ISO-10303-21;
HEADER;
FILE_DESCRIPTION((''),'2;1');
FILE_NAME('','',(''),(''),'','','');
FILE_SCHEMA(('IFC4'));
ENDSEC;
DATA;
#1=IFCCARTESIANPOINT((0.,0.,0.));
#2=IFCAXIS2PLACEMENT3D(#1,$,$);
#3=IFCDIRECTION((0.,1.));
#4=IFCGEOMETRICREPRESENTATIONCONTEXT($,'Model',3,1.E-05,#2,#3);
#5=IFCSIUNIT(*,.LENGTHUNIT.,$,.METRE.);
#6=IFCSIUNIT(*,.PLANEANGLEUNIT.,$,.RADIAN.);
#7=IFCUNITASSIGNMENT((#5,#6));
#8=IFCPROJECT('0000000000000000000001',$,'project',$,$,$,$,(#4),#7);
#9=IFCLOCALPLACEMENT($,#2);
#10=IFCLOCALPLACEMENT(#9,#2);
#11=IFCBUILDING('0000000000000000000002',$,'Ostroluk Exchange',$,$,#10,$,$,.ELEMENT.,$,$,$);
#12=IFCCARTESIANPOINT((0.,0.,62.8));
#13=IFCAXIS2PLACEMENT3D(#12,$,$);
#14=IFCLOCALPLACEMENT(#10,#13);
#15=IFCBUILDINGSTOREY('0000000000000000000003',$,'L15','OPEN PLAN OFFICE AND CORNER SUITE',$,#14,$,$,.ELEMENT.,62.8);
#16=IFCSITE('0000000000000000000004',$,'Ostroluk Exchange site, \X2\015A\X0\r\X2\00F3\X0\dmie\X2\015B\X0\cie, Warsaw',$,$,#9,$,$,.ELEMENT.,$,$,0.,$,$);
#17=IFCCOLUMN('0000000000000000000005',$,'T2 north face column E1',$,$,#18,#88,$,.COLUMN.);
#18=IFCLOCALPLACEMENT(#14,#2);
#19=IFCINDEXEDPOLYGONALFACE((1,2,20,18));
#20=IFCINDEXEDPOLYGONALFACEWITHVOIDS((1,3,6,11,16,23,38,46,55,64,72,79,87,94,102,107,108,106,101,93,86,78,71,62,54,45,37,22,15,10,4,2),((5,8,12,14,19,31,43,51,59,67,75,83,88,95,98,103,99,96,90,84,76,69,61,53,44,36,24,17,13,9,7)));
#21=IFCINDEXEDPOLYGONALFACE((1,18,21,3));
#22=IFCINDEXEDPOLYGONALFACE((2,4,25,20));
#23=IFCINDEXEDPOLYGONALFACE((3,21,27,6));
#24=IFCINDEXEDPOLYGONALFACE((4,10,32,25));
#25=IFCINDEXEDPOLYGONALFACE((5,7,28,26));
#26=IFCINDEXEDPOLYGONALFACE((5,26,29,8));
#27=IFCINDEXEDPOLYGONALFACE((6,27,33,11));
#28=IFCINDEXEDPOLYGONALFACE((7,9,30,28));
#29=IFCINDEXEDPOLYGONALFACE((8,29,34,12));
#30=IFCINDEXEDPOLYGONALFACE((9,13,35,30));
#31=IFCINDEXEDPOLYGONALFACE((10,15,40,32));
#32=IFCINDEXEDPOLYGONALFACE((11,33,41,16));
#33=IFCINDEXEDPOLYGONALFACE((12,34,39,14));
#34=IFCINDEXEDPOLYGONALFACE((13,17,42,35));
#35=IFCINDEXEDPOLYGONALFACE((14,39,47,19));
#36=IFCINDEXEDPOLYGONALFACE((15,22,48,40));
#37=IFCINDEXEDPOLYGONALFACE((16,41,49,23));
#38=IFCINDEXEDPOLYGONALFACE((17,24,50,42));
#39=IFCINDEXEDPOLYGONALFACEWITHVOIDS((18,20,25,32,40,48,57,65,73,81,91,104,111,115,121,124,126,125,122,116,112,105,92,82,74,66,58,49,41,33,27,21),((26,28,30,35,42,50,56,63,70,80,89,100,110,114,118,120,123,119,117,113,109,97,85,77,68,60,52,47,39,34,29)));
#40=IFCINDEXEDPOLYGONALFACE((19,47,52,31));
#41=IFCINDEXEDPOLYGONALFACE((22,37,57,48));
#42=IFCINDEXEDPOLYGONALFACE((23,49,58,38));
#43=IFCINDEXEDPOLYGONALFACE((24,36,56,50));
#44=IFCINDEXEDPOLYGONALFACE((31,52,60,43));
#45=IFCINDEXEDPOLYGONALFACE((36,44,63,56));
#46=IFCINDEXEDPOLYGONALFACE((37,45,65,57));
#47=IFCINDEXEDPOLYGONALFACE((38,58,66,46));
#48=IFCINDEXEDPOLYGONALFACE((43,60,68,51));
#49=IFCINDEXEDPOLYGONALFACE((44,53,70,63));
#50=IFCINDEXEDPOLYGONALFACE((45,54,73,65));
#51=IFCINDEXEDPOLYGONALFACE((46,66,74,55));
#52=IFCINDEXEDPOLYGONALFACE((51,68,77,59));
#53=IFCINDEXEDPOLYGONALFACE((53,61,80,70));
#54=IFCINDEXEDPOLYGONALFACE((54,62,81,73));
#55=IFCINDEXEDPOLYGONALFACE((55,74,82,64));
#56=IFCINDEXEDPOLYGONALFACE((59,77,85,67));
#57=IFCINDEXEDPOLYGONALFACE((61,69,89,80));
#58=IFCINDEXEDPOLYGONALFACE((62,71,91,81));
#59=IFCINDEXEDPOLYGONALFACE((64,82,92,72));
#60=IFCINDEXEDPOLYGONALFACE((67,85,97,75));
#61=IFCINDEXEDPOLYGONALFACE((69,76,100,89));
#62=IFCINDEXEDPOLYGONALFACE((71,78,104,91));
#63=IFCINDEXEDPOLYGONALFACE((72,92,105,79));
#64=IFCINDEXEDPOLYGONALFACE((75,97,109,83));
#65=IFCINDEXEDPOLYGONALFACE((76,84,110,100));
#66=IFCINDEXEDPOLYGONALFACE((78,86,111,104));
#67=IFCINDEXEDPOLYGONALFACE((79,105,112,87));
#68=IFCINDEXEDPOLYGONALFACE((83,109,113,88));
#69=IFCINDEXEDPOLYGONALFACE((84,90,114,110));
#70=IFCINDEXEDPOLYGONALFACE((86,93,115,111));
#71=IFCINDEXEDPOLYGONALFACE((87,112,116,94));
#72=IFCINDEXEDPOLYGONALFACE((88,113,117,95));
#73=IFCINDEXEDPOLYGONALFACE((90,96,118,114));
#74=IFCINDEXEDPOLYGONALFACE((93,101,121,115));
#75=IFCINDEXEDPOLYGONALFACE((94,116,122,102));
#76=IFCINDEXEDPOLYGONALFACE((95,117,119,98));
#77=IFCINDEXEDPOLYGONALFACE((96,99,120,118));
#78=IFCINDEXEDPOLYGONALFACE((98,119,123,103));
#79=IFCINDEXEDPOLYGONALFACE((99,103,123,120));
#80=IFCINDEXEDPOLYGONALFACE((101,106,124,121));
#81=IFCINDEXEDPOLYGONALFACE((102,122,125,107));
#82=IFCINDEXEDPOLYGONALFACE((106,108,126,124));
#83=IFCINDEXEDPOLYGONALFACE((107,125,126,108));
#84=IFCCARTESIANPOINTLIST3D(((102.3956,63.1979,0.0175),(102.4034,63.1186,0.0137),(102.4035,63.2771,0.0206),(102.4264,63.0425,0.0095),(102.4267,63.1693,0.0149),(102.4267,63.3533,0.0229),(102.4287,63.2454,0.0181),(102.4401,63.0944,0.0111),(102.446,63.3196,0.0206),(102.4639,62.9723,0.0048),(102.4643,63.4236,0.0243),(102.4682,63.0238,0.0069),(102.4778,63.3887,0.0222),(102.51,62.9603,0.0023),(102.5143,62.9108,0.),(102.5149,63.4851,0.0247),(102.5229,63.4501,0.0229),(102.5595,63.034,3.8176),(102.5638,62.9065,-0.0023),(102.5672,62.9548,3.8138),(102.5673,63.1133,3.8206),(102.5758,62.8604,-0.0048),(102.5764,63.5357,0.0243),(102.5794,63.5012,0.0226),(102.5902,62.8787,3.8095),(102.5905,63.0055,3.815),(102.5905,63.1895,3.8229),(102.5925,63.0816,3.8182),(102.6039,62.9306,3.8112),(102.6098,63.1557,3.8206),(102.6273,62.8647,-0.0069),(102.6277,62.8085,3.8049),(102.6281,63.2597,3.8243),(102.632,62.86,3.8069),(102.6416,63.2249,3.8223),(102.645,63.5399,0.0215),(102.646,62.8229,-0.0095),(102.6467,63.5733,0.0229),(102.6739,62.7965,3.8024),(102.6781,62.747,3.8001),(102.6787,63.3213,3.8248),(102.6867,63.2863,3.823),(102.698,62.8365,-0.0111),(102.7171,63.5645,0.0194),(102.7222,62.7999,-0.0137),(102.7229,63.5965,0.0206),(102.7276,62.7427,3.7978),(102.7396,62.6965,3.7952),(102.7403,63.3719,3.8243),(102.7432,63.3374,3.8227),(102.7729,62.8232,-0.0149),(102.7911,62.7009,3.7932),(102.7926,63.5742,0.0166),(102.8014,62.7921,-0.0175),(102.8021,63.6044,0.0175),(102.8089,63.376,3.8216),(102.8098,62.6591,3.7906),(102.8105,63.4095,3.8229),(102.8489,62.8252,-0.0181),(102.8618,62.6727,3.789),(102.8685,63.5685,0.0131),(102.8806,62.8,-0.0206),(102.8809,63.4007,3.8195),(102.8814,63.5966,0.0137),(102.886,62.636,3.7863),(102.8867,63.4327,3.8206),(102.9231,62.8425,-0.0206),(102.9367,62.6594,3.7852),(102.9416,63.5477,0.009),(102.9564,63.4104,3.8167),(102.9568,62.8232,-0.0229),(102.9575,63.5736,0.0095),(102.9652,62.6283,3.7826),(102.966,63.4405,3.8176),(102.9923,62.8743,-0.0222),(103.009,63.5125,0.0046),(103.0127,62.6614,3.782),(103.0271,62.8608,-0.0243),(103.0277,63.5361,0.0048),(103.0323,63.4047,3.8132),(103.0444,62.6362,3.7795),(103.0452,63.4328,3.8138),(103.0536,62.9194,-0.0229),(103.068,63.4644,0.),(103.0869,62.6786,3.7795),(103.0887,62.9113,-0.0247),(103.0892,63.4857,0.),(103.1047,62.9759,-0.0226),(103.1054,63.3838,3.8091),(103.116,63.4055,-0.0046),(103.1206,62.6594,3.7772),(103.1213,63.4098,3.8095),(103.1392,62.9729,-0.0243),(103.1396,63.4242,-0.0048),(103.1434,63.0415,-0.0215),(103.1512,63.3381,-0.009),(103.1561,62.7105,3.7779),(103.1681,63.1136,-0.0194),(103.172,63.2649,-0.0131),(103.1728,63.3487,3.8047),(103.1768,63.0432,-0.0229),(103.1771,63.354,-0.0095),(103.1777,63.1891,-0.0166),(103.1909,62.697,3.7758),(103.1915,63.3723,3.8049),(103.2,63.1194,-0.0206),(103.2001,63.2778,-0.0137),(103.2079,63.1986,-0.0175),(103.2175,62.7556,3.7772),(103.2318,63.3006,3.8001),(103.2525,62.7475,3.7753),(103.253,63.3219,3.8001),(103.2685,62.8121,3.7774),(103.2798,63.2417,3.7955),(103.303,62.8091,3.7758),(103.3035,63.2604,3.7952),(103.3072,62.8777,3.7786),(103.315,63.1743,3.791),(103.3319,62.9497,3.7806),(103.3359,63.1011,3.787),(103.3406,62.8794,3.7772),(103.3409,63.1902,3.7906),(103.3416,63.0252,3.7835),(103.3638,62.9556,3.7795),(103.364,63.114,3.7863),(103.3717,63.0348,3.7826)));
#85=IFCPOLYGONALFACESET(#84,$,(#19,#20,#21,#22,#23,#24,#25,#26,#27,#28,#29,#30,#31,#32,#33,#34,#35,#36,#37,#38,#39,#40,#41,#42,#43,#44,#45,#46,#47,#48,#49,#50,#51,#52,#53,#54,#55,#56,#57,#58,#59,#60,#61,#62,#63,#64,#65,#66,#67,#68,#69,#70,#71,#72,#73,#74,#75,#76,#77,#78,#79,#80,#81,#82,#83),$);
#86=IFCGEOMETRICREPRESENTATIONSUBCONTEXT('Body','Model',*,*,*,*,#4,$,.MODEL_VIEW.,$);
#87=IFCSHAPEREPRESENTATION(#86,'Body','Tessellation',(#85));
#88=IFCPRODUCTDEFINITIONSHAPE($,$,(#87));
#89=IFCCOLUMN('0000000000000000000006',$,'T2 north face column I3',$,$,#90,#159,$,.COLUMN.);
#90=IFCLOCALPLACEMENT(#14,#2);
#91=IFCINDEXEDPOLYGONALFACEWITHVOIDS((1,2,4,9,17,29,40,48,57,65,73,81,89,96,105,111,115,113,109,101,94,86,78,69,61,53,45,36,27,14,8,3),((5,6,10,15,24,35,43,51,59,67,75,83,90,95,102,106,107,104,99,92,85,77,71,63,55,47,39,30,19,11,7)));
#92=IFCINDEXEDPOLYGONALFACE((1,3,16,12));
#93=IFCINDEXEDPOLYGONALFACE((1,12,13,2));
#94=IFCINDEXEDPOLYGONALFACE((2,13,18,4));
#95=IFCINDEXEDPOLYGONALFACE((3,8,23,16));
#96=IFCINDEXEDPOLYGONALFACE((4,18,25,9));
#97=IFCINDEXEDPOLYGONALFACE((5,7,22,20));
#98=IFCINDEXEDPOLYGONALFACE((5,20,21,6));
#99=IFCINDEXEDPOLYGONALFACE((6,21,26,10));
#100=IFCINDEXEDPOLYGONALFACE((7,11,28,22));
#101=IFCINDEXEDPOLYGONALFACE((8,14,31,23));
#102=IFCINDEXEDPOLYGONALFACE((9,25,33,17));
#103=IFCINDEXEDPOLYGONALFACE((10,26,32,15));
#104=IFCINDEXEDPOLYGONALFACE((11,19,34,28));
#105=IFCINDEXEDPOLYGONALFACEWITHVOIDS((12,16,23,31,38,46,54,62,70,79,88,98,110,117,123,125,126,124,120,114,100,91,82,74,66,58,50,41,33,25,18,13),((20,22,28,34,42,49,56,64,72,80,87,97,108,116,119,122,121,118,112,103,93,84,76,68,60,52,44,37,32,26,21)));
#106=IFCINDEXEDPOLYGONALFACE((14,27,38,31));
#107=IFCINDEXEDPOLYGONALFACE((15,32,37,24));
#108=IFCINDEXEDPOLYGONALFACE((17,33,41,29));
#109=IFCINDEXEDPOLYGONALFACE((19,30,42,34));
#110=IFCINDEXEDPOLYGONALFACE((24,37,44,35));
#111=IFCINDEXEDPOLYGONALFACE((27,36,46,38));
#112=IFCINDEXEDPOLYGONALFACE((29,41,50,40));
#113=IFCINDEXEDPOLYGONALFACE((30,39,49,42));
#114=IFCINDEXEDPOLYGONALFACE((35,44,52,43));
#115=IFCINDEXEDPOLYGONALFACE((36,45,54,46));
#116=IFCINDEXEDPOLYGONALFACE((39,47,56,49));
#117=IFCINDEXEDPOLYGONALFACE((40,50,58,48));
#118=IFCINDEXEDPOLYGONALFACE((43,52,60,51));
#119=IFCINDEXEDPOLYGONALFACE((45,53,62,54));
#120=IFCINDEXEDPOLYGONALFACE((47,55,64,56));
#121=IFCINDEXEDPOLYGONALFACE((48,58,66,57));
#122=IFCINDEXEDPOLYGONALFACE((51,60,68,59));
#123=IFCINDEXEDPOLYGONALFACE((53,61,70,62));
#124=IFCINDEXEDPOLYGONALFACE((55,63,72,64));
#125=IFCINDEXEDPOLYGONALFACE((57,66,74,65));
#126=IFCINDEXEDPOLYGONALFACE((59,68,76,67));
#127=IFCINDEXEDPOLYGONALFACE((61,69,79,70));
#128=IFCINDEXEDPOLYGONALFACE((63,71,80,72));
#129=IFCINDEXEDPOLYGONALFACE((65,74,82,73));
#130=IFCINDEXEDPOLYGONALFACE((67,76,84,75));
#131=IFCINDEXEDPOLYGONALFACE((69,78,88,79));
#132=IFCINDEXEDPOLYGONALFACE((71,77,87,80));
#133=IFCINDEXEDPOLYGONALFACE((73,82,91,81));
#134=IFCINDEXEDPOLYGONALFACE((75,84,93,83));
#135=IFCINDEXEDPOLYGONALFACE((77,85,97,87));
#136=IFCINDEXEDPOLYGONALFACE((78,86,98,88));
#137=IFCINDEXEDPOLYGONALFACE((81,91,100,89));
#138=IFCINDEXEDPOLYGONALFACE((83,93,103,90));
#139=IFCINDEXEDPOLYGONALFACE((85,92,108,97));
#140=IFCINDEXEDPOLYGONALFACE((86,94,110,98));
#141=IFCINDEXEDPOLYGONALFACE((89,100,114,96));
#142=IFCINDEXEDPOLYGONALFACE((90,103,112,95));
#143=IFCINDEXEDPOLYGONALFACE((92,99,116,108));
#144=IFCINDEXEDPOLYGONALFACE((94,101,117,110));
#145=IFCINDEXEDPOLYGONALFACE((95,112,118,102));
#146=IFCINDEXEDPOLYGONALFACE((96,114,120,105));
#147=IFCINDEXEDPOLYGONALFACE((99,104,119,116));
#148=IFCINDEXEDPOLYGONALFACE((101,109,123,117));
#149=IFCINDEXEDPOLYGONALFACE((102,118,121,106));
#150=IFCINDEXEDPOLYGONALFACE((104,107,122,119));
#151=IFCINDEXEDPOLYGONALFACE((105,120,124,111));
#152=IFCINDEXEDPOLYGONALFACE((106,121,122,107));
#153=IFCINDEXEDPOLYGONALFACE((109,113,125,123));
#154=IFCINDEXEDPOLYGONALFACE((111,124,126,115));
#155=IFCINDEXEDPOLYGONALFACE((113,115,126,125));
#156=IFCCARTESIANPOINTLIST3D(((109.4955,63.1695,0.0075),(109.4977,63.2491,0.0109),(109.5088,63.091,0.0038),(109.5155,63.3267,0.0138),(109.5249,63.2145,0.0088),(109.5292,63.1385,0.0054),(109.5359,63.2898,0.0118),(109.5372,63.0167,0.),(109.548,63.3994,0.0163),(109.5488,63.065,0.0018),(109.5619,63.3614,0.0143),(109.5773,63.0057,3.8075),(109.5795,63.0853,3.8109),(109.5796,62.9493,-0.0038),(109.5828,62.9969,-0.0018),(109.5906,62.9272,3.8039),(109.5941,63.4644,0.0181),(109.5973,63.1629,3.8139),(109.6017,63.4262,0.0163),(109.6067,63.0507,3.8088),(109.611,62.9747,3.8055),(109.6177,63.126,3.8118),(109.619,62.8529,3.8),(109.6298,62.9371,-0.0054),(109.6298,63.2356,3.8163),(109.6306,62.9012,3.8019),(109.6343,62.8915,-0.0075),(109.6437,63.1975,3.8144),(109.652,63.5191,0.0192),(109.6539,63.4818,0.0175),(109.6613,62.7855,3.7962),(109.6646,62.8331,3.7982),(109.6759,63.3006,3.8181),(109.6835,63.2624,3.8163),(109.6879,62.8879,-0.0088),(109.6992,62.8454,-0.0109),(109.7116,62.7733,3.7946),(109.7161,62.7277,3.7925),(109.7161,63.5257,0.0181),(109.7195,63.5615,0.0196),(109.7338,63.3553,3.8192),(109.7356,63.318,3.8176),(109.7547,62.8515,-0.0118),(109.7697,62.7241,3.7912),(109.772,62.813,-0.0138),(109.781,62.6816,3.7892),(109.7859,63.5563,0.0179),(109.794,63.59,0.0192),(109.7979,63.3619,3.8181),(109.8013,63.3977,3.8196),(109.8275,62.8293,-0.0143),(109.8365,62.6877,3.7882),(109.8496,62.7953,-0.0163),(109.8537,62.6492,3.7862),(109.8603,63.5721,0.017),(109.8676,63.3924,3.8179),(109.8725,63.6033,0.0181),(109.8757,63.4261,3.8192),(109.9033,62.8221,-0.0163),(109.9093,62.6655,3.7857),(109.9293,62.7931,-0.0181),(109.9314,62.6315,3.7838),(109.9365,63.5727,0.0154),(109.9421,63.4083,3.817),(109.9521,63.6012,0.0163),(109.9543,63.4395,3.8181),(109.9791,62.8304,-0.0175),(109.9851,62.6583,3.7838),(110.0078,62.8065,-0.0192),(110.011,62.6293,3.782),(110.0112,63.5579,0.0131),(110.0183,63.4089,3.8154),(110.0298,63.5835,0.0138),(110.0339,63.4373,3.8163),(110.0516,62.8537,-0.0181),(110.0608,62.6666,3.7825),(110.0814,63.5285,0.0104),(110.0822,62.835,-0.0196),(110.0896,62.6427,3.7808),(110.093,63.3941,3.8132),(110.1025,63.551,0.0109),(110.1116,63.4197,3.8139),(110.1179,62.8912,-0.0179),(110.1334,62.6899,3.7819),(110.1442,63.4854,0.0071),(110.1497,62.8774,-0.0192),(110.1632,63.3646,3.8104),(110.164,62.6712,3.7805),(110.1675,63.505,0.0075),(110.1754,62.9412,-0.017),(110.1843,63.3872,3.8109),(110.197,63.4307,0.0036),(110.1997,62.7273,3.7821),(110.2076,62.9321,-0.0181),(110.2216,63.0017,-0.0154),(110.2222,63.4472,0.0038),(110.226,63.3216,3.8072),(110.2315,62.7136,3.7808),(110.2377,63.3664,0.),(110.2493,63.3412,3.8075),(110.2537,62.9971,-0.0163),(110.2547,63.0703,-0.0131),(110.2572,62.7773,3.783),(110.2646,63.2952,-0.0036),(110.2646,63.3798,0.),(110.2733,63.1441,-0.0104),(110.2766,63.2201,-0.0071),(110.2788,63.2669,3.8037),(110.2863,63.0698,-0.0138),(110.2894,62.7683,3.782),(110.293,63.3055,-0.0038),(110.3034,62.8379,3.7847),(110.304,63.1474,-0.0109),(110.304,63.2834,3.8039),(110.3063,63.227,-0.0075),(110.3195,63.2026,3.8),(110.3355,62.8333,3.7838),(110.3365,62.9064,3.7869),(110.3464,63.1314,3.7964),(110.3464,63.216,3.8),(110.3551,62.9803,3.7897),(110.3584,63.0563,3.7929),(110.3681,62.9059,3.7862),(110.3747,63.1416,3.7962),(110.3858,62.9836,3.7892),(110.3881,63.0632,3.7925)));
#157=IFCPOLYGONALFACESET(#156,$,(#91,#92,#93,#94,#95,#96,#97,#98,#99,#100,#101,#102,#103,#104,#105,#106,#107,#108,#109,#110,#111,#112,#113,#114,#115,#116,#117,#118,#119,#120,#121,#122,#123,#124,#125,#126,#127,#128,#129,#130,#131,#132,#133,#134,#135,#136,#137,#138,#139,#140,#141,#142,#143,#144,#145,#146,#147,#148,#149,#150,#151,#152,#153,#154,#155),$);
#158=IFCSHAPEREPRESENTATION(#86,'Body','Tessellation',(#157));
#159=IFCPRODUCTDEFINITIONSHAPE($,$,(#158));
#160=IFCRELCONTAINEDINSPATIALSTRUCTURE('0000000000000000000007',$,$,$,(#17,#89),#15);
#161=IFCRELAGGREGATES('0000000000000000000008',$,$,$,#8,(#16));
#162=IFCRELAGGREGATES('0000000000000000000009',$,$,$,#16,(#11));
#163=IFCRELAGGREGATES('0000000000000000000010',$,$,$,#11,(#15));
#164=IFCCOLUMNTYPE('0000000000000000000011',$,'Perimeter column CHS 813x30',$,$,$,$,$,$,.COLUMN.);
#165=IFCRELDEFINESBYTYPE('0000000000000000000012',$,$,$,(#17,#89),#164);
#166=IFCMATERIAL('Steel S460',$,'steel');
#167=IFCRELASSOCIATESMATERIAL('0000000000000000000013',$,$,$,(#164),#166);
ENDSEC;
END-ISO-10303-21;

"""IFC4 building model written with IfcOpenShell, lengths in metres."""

from ifc_helpers import new_model, si_unit, direction, frame, origin, origin_2d, place, context, subcontext, project, spatial, hollow_circle, extrude, material, material_profile, profile_set, type_object, element, save


model = new_model("IFC4")

# Units and contexts
model_context = context("Model", 3, precision=1e-05, world=origin(), true_north=direction((0.0, 1.0)))
body_context = subcontext(model_context, "Body", "Model", "MODEL_VIEW")
ifc_project = project(units=[si_unit("LENGTHUNIT", "METRE"), si_unit("PLANEANGLEUNIT", "RADIAN")], contexts=[model_context])

# Site, building, storey
site_placement = place(None, origin())
site = spatial("IfcSite", under=ifc_project, at=site_placement, Name="Ostroluk Exchange site, Śródmieście, Warsaw", CompositionType="ELEMENT", RefElevation=0.0)
building_placement = place(site_placement, origin())
building = spatial("IfcBuilding", under=site, at=building_placement, Name="Ostroluk Exchange", CompositionType="ELEMENT")
storey_placement = place(building_placement, frame((0.0, 0.0, 62.8)))
storey = spatial("IfcBuildingStorey", under=building, at=storey_placement, Name="L15", Description="OPEN PLAN OFFICE AND CORNER SUITE", CompositionType="ELEMENT", Elevation=62.8)

# Columns
ifc_material_1 = material(Name="Steel S460", Category="steel")
ifc_material_profile_1 = material_profile(ifc_material_1, hollow_circle(Radius=0.4065, WallThickness=0.03, at=origin_2d()), Name="CHS 813x30")
ifc_profile_set_1 = profile_set([ifc_material_profile_1], Name="Steel S460")
column_type = type_object("IfcColumnType", Name="Perimeter column CHS 813x30", PredefinedType="COLUMN", material=ifc_profile_set_1)
column_1_placement = place(storey_placement, frame((102.8018, 63.1982, 0.0), z_axis=(0.04303, -0.04303, 0.998147), x_axis=(0.707107, 0.707107, 0.0)))
element("IfcColumn", 1, at=column_1_placement, inside=storey, type_object=column_type, Name="T2 north face column E1", PredefinedType="COLUMN", context=body_context, shape_type="SweptSolid", body=[
    extrude(hollow_circle(Radius=0.4065, WallThickness=0.03, at=origin_2d()), origin(), (0.0, 0.0, 1.0), 3.8071),
])
column_2_placement = place(storey_placement, frame((109.9009, 63.1982, 0.0), z_axis=(0.021498, -0.04306, 0.998841), x_axis=(0.894694, 0.44668, 0.0)))
element("IfcColumn", 2, at=column_2_placement, inside=storey, type_object=column_type, Name="T2 north face column I3", PredefinedType="COLUMN", context=body_context, shape_type="SweptSolid", body=[
    extrude(hollow_circle(Radius=0.4065, WallThickness=0.03, at=origin_2d()), origin(), (0.0, 0.0, 1.0), 3.8044),
])

save(model, "model.ifc")
